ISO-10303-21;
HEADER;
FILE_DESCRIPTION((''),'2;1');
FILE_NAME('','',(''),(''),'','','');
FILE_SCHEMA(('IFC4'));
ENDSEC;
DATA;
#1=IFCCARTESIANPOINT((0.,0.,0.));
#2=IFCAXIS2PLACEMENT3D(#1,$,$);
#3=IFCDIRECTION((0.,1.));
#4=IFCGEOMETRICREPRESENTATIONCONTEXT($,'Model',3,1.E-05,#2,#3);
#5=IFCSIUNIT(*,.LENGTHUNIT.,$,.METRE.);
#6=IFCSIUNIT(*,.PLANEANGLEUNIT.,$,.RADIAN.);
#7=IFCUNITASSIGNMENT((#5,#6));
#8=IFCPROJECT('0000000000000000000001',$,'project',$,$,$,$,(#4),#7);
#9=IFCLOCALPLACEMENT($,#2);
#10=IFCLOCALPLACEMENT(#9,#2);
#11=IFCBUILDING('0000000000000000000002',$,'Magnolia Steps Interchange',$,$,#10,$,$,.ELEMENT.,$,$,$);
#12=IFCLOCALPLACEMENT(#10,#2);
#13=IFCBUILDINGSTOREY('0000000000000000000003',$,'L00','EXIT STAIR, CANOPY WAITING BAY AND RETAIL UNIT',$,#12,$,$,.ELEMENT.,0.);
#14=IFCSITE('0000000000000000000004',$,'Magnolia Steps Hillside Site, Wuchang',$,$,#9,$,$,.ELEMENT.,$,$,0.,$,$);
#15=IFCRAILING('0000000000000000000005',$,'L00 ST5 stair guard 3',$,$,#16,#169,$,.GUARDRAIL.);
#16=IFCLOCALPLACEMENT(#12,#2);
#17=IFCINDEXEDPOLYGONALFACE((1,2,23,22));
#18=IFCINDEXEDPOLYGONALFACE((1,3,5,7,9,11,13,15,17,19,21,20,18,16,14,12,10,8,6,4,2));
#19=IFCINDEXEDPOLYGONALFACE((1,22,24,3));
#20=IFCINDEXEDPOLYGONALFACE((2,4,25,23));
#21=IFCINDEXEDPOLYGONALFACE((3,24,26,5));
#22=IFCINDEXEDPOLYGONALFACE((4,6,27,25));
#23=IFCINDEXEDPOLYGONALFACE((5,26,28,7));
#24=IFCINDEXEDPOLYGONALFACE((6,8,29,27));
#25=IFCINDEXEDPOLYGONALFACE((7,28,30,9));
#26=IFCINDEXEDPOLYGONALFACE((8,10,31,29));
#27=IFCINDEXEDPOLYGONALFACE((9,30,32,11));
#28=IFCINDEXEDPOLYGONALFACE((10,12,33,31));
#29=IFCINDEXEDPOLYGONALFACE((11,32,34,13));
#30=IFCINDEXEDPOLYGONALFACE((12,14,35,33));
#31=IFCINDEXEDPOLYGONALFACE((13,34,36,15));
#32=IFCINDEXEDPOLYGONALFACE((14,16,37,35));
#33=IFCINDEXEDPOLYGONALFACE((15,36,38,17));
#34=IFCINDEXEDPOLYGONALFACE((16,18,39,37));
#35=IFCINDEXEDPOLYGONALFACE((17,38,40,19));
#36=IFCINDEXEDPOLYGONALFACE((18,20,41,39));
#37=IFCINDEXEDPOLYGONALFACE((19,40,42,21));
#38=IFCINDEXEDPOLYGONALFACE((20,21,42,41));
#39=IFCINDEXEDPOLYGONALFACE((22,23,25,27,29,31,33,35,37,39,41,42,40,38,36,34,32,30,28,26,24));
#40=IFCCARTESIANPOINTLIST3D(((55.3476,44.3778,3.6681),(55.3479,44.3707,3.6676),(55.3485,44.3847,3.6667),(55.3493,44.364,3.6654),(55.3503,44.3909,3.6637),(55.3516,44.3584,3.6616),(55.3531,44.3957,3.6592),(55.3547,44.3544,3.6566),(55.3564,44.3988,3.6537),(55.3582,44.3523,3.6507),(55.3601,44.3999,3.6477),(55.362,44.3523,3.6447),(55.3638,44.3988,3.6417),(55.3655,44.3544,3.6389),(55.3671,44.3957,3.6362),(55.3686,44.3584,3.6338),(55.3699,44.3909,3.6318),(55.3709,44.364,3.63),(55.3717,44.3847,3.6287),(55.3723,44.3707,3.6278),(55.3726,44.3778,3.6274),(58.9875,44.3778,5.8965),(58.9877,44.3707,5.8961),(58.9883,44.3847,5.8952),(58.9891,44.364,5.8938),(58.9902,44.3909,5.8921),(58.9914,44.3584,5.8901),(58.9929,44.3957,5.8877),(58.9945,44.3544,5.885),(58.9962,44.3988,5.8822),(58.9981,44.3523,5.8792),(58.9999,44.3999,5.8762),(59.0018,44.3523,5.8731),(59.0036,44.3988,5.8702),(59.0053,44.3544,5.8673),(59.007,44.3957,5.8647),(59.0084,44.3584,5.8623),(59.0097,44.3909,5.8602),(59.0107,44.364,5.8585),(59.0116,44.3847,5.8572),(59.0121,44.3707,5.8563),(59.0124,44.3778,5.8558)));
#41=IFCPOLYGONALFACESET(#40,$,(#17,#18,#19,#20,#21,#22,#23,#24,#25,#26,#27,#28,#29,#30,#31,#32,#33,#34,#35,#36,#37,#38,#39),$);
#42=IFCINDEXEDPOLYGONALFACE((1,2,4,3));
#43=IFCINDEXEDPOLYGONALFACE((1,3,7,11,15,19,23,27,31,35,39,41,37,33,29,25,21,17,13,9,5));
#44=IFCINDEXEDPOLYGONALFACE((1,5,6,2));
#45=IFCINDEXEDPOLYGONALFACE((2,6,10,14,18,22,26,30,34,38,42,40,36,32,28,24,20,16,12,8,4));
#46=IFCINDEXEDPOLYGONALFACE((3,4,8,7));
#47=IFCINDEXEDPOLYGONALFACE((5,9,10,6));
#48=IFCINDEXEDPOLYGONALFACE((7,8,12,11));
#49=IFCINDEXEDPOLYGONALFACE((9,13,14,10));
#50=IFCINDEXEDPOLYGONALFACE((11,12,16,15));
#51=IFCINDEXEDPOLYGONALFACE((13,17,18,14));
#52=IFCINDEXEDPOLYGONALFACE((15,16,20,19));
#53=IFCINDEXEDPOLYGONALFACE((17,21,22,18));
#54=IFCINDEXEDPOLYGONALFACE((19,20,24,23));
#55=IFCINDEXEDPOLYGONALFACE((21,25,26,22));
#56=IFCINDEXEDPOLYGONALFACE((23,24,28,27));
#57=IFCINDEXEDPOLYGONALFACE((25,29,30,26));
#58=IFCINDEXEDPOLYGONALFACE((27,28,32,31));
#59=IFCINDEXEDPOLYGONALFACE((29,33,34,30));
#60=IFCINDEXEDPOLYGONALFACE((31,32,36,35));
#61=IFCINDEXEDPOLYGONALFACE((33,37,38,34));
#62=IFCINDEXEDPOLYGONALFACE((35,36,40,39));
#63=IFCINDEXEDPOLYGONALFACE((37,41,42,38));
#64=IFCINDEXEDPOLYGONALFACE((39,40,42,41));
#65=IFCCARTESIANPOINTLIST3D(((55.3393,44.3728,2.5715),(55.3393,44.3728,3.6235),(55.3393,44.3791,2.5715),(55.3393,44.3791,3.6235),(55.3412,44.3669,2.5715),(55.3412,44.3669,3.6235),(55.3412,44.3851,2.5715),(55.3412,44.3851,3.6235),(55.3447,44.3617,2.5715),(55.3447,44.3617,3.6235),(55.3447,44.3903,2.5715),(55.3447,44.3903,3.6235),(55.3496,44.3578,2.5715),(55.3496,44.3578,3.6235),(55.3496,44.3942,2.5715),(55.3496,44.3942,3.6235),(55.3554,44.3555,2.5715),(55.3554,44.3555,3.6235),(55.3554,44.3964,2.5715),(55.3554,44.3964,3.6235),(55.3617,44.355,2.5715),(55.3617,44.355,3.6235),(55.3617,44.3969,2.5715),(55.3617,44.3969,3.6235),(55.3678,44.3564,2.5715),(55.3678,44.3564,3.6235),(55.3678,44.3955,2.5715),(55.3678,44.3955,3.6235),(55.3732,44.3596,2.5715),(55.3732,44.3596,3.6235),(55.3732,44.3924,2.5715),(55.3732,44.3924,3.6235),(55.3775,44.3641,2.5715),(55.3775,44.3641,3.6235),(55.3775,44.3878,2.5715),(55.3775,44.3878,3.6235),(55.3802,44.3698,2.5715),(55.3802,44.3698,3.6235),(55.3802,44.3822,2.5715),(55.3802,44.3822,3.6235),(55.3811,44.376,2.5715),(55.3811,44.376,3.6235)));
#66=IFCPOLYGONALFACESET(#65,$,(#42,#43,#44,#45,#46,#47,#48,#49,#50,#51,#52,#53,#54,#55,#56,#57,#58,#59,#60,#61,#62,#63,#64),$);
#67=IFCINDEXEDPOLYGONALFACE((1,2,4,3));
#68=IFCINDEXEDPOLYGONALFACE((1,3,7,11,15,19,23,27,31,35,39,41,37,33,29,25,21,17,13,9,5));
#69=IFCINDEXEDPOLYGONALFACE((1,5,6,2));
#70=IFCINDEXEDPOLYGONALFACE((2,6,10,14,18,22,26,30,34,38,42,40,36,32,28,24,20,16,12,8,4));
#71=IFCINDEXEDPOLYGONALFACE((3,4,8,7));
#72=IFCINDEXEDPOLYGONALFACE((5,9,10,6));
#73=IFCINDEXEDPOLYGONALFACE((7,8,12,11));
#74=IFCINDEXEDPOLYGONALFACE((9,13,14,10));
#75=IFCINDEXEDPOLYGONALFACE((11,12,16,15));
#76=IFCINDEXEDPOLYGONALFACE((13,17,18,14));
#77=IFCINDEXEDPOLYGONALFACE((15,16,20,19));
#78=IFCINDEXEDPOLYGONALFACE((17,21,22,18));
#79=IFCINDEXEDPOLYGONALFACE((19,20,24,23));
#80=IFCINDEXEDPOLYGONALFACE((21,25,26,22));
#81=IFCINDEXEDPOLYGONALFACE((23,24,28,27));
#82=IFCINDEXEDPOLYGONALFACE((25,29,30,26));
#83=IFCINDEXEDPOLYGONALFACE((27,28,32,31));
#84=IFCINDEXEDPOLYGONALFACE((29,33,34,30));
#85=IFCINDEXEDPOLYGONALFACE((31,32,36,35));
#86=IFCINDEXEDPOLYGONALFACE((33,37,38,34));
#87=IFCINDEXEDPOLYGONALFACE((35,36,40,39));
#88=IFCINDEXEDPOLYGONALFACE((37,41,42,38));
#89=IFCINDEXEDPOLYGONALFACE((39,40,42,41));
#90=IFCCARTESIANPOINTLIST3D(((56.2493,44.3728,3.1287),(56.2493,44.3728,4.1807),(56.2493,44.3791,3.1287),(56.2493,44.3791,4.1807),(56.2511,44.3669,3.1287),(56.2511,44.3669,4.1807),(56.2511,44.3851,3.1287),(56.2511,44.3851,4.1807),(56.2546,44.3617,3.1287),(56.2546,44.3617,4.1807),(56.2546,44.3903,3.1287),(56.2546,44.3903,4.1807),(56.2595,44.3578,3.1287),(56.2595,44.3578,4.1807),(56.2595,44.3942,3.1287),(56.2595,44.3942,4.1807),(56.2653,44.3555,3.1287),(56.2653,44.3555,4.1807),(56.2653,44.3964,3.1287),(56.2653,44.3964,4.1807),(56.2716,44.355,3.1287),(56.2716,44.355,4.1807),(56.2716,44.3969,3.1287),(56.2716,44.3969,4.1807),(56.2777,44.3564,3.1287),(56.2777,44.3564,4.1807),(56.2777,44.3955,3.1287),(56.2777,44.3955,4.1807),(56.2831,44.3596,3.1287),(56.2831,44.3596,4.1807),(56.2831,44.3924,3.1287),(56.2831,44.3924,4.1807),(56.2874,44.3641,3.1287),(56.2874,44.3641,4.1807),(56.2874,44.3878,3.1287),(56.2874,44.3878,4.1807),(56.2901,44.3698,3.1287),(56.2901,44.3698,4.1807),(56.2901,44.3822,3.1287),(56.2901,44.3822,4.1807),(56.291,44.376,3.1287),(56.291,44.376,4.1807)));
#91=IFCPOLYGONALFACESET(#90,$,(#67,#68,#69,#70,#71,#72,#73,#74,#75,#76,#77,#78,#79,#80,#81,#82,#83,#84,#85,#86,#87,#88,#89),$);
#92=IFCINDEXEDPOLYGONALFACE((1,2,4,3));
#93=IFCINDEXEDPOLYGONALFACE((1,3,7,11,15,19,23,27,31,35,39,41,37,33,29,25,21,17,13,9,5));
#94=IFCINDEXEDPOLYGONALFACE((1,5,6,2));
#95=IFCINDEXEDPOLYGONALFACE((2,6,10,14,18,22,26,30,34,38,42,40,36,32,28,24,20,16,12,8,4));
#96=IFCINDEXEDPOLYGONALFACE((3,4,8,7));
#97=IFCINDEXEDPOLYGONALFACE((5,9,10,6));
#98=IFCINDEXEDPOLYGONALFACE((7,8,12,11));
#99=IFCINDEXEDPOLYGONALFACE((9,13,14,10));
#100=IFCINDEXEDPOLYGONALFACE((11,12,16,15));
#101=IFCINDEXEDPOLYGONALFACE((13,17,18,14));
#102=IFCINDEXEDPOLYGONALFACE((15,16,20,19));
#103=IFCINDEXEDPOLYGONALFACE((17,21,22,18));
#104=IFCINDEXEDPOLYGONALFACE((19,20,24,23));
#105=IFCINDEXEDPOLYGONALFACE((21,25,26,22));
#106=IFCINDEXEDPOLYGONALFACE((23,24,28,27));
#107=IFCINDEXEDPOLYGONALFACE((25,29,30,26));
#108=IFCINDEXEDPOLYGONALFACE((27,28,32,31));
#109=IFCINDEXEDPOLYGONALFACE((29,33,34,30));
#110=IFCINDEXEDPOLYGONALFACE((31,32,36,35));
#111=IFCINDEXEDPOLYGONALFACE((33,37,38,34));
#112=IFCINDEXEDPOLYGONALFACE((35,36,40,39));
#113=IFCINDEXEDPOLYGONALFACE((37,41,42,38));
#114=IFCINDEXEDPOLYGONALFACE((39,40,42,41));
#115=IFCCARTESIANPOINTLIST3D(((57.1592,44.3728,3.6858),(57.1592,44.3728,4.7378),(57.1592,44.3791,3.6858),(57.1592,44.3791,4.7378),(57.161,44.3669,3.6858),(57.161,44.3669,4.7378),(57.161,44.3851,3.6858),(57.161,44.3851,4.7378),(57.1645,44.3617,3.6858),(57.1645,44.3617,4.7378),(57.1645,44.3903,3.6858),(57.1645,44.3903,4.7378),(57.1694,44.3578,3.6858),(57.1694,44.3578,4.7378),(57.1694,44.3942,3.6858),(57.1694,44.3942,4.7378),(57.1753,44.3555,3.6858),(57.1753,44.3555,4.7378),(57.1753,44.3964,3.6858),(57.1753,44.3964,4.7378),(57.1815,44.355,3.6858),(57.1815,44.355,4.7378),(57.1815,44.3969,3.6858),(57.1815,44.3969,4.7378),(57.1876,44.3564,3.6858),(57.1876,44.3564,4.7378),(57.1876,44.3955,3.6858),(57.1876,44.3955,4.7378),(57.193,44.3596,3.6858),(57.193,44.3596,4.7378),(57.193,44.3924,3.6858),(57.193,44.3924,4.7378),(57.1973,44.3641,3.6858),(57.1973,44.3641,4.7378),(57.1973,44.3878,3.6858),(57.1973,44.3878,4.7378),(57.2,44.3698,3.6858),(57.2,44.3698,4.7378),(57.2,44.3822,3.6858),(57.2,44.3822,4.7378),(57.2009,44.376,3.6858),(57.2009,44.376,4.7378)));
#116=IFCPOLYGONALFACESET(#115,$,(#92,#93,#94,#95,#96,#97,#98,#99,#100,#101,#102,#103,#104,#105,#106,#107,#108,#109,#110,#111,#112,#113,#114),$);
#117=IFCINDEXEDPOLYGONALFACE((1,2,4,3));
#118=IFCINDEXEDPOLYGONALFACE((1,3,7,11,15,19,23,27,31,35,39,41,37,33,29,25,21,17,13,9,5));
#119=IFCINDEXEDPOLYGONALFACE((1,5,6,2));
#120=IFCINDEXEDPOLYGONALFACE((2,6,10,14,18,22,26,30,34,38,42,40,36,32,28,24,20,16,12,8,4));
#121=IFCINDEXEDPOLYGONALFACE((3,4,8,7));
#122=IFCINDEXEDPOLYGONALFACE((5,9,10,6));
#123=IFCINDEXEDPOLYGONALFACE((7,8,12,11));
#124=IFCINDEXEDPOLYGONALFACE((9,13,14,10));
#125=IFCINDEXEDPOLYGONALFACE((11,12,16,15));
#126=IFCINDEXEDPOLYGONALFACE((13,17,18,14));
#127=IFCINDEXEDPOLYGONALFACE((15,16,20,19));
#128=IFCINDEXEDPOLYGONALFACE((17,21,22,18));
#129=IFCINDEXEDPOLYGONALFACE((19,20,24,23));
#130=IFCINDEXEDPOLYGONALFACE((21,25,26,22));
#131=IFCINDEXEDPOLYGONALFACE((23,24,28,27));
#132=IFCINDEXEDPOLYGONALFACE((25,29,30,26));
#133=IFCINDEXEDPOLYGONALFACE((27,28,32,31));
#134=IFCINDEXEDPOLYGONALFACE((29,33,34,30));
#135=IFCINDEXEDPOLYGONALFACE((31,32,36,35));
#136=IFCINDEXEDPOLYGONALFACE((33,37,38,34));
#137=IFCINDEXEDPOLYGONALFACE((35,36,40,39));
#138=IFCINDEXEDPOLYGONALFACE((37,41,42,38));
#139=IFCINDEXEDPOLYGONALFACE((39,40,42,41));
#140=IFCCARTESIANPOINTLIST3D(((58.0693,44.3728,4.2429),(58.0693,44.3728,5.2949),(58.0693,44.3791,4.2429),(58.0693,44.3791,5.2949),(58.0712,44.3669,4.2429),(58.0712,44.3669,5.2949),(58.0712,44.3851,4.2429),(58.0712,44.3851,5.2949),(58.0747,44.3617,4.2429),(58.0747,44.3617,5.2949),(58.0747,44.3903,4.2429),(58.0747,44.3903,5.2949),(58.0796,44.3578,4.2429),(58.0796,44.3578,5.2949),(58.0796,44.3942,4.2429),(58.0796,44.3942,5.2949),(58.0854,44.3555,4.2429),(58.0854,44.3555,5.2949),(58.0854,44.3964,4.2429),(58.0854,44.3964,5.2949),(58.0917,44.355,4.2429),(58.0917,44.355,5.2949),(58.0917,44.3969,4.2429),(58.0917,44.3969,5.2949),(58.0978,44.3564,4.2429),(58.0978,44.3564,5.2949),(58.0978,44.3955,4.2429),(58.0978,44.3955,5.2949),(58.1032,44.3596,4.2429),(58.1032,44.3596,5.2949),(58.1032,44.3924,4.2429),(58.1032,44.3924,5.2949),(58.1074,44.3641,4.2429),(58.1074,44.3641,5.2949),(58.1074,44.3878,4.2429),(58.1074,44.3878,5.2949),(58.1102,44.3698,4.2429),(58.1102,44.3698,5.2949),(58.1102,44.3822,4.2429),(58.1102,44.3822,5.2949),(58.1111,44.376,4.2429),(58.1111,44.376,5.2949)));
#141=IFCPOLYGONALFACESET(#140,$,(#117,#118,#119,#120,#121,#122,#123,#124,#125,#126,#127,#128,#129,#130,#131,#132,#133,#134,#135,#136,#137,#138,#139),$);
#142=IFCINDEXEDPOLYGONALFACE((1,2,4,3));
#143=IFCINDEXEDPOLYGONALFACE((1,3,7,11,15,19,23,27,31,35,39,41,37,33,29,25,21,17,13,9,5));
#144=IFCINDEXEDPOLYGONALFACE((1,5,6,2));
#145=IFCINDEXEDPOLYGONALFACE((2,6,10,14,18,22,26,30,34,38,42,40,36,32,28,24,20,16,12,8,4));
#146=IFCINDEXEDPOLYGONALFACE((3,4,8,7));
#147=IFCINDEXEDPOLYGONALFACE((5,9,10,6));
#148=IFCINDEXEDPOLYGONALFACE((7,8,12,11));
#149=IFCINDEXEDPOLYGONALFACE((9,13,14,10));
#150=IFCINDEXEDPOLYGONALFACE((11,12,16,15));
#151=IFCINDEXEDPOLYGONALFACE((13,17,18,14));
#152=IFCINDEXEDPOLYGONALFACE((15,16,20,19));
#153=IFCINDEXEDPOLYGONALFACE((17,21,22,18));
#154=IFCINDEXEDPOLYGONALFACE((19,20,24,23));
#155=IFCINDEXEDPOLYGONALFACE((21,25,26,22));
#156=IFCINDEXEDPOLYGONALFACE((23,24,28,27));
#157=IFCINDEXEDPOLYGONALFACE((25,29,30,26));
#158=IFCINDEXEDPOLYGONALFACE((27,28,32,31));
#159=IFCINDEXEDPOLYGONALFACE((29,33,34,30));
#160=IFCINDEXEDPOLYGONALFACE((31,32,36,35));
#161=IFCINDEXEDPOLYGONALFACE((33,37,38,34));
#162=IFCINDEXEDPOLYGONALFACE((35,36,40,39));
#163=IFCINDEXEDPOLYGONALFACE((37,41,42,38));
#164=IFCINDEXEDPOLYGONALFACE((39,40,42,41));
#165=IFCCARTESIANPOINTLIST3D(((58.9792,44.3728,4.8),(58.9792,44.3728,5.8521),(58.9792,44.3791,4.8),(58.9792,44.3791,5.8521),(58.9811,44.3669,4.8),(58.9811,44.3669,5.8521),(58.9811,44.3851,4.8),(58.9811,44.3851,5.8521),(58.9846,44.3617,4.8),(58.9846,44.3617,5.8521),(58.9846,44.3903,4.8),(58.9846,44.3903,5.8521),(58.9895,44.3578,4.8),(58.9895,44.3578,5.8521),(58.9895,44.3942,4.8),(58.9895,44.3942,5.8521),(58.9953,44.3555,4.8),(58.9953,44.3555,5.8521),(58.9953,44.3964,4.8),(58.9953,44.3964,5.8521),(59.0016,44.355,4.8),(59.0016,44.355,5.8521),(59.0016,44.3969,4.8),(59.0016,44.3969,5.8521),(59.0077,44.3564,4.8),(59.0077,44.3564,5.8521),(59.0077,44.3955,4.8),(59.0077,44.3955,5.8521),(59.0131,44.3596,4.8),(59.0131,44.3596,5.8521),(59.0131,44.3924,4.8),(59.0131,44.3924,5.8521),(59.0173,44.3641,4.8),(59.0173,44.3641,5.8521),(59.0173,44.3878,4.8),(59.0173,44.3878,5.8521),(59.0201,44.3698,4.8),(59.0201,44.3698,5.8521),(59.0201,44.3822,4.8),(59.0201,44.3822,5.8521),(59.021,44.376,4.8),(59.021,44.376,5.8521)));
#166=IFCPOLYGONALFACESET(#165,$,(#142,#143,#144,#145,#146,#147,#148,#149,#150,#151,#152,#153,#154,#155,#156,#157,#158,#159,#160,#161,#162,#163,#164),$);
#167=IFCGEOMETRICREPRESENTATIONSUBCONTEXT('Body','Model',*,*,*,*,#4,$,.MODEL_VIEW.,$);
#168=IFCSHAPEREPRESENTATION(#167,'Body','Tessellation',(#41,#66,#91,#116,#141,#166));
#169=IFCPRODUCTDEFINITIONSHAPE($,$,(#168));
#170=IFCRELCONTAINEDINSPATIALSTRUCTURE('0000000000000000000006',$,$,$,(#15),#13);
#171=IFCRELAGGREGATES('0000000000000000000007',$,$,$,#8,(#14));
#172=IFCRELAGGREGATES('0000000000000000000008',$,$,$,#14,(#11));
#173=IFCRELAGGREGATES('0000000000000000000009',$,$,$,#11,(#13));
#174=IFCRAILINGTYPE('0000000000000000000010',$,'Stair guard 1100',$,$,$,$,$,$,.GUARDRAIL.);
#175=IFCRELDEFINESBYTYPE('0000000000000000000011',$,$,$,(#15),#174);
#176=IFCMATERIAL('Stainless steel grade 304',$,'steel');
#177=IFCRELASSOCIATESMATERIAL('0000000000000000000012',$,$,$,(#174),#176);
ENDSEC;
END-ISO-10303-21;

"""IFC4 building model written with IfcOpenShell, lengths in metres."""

from ifc_helpers import new_model, si_unit, direction, frame, origin, origin_2d, place, context, subcontext, project, spatial, circle, extrude, material, type_object, element, save


model = new_model("IFC4")

# Units and contexts
model_context = context("Model", 3, precision=1e-05, world=origin(), true_north=direction((0.0, 1.0)))
body_context = subcontext(model_context, "Body", "Model", "MODEL_VIEW")
ifc_project = project(units=[si_unit("LENGTHUNIT", "METRE"), si_unit("PLANEANGLEUNIT", "RADIAN")], contexts=[model_context])

# Site, building, storey
site_placement = place(None, origin())
site = spatial("IfcSite", under=ifc_project, at=site_placement, Name="Magnolia Steps Hillside Site, Wuchang", CompositionType="ELEMENT", RefElevation=0.0)
building_placement = place(site_placement, origin())
building = spatial("IfcBuilding", under=site, at=building_placement, Name="Magnolia Steps Interchange", CompositionType="ELEMENT")
storey_placement = place(building_placement, origin())
storey = spatial("IfcBuildingStorey", under=building, at=storey_placement, Name="L00", Description="EXIT STAIR, CANOPY WAITING BAY AND RETAIL UNIT", CompositionType="ELEMENT", Elevation=0.0)

# Railing
ifc_material_1 = material(Name="Stainless steel grade 304", Category="steel")
railing_type_1 = type_object("IfcRailingType", Name="Stair guard 1100", PredefinedType="GUARDRAIL", material=ifc_material_1)
railing_1_placement = place(storey_placement, frame((55.3601, 44.376, 2.5715)))
element("IfcRailing", 1, at=railing_1_placement, inside=storey, type_object=railing_type_1, Name="L00 ST5 stair guard 3", PredefinedType="GUARDRAIL", context=body_context, shape_type="SweptSolid", body=[
    extrude(circle(Radius=0.0239, at=origin_2d()), frame((0.0, 0.0, 1.0762), z_axis=(0.85285, 0.0, 0.522156), x_axis=(0.0, 1.0, 0.0)), (0.0, 0.0, 1.0), 4.2678),
    extrude(circle(Radius=0.021, at=origin_2d()), origin(), (0.0, 0.0, 1.0), 1.052),
    extrude(circle(Radius=0.021, at=origin_2d()), frame((0.9099, 0.0, 0.5571)), (0.0, 0.0, 1.0), 1.052),
    extrude(circle(Radius=0.021, at=origin_2d()), frame((1.8198, 0.0, 1.1143)), (0.0, 0.0, 1.0), 1.052),
    extrude(circle(Radius=0.021, at=origin_2d()), frame((2.73, 0.0, 1.6714)), (0.0, 0.0, 1.0), 1.052),
    extrude(circle(Radius=0.021, at=origin_2d()), frame((3.6399, 0.0, 2.2285)), (0.0, 0.0, 1.0), 1.052),
])

save(model, "model.ifc")
